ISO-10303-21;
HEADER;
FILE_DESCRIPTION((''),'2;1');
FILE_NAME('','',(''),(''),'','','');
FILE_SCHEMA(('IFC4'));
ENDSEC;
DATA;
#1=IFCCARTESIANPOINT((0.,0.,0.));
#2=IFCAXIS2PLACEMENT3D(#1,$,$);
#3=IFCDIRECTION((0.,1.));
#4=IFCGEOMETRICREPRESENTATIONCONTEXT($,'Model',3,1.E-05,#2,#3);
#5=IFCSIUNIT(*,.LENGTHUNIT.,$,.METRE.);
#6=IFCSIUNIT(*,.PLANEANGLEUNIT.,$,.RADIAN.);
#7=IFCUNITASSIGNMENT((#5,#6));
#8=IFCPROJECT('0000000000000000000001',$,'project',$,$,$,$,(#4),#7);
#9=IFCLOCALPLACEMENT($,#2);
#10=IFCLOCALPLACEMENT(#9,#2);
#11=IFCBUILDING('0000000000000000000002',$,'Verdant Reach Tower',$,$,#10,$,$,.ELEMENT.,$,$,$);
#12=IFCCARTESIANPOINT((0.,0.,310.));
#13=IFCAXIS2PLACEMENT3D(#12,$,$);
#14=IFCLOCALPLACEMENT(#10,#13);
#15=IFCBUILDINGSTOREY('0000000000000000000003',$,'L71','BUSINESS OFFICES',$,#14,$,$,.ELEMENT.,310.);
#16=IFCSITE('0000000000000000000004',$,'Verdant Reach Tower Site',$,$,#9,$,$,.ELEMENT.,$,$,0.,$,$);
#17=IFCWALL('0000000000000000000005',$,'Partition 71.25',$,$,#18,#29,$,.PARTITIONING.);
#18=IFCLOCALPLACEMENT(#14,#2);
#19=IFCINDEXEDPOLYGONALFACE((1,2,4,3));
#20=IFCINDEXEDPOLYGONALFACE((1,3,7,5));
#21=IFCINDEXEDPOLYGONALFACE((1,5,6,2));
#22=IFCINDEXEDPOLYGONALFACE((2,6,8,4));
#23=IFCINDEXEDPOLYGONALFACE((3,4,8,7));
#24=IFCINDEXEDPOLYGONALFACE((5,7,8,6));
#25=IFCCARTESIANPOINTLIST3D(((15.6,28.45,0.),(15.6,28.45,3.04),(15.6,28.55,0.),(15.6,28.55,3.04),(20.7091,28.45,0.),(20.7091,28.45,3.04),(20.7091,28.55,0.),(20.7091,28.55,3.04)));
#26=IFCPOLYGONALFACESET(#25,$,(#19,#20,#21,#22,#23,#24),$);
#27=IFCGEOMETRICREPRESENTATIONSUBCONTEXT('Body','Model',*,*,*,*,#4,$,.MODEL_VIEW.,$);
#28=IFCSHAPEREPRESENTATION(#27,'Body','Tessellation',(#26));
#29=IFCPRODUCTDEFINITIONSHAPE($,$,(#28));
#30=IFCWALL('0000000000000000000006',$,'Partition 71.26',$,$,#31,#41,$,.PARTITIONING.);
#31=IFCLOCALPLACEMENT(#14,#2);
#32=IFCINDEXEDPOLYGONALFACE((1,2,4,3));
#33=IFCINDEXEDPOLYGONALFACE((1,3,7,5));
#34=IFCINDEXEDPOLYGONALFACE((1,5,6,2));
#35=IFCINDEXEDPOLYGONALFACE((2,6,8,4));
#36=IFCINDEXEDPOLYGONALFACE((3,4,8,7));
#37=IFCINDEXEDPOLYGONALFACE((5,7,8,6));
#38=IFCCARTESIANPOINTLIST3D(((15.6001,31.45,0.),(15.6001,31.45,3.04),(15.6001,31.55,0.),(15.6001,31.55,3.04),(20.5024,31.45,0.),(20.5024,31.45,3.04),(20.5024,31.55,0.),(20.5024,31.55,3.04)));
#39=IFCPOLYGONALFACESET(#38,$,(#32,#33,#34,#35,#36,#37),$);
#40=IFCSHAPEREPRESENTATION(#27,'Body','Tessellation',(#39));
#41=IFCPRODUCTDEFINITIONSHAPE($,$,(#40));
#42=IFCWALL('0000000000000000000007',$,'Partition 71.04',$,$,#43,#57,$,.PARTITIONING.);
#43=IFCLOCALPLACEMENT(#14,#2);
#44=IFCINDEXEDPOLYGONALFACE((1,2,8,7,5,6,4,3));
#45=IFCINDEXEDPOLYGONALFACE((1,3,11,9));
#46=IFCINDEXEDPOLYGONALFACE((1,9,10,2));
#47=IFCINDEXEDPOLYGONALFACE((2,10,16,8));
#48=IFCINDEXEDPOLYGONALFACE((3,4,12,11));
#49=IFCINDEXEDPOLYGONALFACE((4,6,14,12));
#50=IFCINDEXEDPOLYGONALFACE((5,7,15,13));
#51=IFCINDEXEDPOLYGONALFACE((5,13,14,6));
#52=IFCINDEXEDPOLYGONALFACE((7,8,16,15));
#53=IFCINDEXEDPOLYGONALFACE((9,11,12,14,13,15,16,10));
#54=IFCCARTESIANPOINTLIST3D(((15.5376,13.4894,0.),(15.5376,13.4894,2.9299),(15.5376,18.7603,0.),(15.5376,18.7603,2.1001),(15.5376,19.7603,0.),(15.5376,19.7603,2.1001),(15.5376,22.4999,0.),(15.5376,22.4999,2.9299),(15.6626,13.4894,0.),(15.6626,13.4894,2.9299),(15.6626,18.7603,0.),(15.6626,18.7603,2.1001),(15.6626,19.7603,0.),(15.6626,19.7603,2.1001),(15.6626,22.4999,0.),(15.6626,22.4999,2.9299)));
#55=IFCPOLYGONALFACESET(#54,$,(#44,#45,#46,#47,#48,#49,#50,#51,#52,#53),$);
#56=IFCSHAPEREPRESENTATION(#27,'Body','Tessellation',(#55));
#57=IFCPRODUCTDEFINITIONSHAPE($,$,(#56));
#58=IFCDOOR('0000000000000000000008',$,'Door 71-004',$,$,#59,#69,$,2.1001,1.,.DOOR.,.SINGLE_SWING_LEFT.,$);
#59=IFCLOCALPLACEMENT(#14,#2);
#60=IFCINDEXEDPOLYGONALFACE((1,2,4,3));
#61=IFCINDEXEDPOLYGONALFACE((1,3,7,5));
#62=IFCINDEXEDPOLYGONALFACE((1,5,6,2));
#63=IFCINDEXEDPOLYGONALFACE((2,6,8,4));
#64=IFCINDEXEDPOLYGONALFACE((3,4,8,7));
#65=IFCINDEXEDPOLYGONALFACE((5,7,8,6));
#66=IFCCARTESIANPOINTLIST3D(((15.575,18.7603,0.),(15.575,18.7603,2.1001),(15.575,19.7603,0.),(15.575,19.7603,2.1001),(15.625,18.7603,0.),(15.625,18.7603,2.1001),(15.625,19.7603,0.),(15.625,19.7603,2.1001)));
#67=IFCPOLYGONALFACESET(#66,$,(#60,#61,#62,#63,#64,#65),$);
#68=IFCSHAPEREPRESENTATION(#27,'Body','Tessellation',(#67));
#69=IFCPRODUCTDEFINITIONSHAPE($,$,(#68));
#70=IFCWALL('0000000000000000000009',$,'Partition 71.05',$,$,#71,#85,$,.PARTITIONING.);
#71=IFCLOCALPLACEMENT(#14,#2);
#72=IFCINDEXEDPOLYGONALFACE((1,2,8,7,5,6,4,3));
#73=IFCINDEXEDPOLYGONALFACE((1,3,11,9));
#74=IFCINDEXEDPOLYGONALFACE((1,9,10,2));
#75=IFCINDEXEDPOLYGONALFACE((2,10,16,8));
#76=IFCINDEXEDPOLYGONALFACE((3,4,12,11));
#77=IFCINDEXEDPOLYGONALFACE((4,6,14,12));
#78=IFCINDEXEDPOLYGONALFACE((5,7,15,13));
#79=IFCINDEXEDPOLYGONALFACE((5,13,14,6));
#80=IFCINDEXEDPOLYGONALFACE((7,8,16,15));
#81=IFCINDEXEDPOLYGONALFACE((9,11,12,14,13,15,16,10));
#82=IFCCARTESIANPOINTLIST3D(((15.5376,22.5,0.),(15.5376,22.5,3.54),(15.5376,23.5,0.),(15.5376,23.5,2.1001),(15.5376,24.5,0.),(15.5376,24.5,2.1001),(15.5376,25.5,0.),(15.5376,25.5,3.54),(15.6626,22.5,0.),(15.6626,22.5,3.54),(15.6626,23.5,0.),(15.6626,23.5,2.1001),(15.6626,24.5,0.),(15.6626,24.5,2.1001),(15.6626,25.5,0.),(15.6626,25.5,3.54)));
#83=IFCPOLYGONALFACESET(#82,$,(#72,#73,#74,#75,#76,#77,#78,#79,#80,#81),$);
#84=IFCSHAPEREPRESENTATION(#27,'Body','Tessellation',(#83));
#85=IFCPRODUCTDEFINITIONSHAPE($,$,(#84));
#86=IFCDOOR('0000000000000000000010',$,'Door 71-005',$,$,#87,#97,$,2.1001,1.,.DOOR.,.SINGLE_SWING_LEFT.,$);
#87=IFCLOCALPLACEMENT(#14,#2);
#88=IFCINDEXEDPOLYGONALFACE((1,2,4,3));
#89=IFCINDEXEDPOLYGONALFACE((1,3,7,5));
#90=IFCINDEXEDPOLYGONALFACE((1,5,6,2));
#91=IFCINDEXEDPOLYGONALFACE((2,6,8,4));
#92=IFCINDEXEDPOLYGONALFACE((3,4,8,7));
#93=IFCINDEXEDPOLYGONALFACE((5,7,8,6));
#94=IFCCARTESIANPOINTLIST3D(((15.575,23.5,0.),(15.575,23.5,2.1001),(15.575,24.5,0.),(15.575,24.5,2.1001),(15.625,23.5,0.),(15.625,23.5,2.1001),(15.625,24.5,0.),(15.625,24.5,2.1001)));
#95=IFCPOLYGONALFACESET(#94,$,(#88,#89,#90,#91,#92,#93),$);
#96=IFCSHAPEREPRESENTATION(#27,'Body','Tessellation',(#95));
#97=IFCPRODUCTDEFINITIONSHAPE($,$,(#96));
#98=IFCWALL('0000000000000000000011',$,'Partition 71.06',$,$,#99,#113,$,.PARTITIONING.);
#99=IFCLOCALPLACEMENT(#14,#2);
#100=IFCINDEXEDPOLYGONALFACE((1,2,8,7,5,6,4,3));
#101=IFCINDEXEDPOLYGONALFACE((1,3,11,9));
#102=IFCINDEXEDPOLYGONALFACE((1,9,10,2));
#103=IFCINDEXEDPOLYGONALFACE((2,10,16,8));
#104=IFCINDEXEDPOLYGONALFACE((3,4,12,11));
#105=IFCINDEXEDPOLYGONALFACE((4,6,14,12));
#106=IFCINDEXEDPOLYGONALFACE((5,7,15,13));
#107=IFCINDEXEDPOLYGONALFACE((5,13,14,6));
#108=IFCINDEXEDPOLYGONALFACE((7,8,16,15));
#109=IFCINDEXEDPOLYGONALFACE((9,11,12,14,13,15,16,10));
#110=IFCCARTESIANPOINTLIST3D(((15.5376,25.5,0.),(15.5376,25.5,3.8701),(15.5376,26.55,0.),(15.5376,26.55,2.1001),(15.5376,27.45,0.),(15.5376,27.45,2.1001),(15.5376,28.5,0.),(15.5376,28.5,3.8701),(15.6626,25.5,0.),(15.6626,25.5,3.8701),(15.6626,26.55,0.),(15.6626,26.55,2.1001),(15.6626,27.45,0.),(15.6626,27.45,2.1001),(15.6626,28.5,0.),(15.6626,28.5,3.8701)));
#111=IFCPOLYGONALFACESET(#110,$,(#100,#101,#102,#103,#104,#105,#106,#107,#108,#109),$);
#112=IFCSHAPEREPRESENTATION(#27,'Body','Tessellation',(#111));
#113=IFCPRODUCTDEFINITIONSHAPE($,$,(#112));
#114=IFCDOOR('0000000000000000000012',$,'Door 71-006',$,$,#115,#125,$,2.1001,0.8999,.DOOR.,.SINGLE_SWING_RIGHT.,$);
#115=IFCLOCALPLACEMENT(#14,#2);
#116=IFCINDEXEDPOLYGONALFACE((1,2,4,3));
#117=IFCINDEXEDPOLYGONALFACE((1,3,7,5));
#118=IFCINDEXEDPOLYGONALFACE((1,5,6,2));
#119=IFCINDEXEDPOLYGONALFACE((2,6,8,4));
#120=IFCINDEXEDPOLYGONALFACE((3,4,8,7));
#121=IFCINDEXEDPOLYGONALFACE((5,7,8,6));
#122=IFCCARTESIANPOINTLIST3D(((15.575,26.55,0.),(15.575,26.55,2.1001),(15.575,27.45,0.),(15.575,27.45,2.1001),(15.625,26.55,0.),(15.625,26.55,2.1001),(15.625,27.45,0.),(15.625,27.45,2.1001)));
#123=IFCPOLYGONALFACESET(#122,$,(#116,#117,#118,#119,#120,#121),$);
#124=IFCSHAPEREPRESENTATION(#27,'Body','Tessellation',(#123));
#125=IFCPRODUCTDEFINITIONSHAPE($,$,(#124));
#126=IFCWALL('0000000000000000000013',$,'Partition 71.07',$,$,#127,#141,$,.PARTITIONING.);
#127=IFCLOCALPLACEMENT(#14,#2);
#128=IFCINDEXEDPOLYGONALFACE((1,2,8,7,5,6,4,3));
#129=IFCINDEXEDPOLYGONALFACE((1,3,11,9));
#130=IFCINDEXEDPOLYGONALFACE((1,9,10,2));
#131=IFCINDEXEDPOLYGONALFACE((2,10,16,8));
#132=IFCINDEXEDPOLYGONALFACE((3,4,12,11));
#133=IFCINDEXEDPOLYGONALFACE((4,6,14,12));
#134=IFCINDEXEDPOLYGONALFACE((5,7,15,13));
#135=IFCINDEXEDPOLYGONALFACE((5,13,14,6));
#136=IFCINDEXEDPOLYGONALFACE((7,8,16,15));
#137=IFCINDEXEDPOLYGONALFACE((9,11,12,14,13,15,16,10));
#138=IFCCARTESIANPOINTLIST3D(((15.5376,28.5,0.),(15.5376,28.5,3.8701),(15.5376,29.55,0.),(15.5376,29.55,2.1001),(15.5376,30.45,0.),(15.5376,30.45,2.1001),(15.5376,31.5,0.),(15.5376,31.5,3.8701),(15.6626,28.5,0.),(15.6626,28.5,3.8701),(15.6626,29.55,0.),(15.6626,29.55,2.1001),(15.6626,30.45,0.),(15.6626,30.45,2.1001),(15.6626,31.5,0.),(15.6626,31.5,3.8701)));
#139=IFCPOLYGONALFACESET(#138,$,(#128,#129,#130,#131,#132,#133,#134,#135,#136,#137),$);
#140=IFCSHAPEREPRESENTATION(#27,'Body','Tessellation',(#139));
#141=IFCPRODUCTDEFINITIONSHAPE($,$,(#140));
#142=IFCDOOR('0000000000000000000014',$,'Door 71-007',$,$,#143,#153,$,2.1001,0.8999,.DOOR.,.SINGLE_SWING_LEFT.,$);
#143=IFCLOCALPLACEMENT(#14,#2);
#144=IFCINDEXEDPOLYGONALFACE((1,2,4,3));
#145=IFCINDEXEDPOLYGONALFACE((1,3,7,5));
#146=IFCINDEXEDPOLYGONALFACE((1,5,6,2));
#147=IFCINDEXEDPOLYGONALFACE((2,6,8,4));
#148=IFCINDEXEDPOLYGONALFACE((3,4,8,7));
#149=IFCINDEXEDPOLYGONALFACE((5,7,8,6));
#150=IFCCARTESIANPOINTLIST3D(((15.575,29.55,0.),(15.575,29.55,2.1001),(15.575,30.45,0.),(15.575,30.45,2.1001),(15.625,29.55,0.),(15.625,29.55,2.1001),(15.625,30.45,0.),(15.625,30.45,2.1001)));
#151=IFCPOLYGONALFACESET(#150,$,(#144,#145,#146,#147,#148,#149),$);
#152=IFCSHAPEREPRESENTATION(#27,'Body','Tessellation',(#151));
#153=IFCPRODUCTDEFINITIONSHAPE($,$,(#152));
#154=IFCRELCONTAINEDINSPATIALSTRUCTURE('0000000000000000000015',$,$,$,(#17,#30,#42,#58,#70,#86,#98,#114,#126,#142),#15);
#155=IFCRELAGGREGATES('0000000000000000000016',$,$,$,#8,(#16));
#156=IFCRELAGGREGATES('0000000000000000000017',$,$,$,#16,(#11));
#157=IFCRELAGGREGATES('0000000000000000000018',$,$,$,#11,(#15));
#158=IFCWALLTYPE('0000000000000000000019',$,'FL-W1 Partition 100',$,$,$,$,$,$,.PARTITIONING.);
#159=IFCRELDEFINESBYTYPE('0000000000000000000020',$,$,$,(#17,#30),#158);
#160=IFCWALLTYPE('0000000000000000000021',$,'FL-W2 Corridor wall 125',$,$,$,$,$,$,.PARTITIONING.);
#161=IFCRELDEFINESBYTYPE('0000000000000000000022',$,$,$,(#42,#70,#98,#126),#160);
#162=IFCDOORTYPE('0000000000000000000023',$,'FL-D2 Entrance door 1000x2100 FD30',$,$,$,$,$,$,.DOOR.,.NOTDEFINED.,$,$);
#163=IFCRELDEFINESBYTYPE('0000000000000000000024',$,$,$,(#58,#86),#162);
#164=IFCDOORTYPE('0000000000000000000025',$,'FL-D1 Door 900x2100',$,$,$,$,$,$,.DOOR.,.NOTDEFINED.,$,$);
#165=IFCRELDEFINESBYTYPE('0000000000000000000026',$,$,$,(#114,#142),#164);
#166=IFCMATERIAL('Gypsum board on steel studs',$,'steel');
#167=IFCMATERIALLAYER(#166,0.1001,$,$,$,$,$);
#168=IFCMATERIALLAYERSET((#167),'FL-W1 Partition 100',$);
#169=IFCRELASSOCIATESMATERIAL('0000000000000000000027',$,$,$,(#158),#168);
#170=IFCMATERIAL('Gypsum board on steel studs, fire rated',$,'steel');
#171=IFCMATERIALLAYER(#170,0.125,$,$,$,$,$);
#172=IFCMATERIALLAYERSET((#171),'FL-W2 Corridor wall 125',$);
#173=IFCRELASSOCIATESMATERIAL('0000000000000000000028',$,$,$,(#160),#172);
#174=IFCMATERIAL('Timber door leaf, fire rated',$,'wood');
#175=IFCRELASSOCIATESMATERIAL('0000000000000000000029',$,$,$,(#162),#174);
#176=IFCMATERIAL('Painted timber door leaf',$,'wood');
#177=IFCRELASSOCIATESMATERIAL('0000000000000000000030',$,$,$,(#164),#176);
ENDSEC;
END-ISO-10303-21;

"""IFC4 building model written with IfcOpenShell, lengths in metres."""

from ifc_helpers import new_model, si_unit, direction, frame, frame_2d, origin, place, context, subcontext, project, spatial, rectangle, extrude, material, layer, layer_set, type_object, element, fill, save


model = new_model("IFC4")

# Units and contexts
model_context = context("Model", 3, precision=1e-05, world=origin(), true_north=direction((0.0, 1.0)))
body_context = subcontext(model_context, "Body", "Model", "MODEL_VIEW")
ifc_project = project(units=[si_unit("LENGTHUNIT", "METRE"), si_unit("PLANEANGLEUNIT", "RADIAN")], contexts=[model_context])

# Site, building, storey
site_placement = place(None, origin())
site = spatial("IfcSite", under=ifc_project, at=site_placement, Name="Verdant Reach Tower Site", CompositionType="ELEMENT", RefElevation=0.0)
building_placement = place(site_placement, origin())
building = spatial("IfcBuilding", under=site, at=building_placement, Name="Verdant Reach Tower", CompositionType="ELEMENT")
storey_placement = place(building_placement, frame((0.0, 0.0, 310.0)))
storey = spatial("IfcBuildingStorey", under=building, at=storey_placement, Name="L71", Description="BUSINESS OFFICES", CompositionType="ELEMENT", Elevation=310.0)

# Walls
ifc_material_1 = material(Name="Gypsum board on steel studs", Category="steel")
ifc_layer_1 = layer(ifc_material_1, 0.1001)
ifc_layer_set_1 = layer_set([ifc_layer_1], Name="FL-W1 Partition 100")
wall_type_1 = type_object("IfcWallType", Name="FL-W1 Partition 100", PredefinedType="PARTITIONING", material=ifc_layer_set_1)
wall_1_placement = place(storey_placement, frame((20.7092, 28.5, 0.0), z_axis=(0.0, 0.0, 1.0), x_axis=(-1.0, 0.0, 0.0)))
element("IfcWall", 1, at=wall_1_placement, inside=storey, type_object=wall_type_1, Name="Partition 71.25", PredefinedType="PARTITIONING", context=body_context, shape_type="SweptSolid", body=[
    extrude(rectangle(XDim=5.1091, YDim=0.1001, at=frame_2d((2.5547, 0.0))), origin(), (0.0, 0.0, 1.0), 3.04),
])
wall_2_placement = place(storey_placement, frame((20.5024, 31.5, 0.0), z_axis=(0.0, 0.0, 1.0), x_axis=(-1.0, 0.0, 0.0)))
element("IfcWall", 2, at=wall_2_placement, inside=storey, type_object=wall_type_1, Name="Partition 71.26", PredefinedType="PARTITIONING", context=body_context, shape_type="SweptSolid", body=[
    extrude(rectangle(XDim=4.9023, YDim=0.1001, at=frame_2d((2.4512, 0.0))), origin(), (0.0, 0.0, 1.0), 3.04),
])

# Walls, openings, doors
ifc_material_2 = material(Name="Gypsum board on steel studs, fire rated", Category="steel")
ifc_layer_2 = layer(ifc_material_2, 0.125)
ifc_layer_set_2 = layer_set([ifc_layer_2], Name="FL-W2 Corridor wall 125")
wall_type_2 = type_object("IfcWallType", Name="FL-W2 Corridor wall 125", PredefinedType="PARTITIONING", material=ifc_layer_set_2)
wall_3_placement = place(storey_placement, frame((15.6001, 22.5, 0.0), z_axis=(0.0, 0.0, 1.0), x_axis=(0.0, -1.0, 0.0)))
wall_3 = element("IfcWall", 3, at=wall_3_placement, inside=storey, type_object=wall_type_2, Name="Partition 71.04", PredefinedType="PARTITIONING", context=body_context, shape_type="SweptSolid", body=[
    extrude(rectangle(XDim=9.0105, YDim=0.125, at=frame_2d((4.5054, 0.0))), origin(), (0.0, 0.0, 1.0), 2.9299),
])
opening_1_placement = place(wall_3_placement, frame((2.7397, 0.0, 0.0)))
opening_1 = element("IfcOpeningElement", 4, at=opening_1_placement, cuts=wall_3, PredefinedType="OPENING", context=body_context, shape_type="SweptSolid", body=[
    extrude(rectangle(XDim=1.0, YDim=2.1001, at=frame_2d((0.5, 1.05))), frame((0.0, 0.0725, 0.0), z_axis=(0.0, -1.0, 0.0), x_axis=(1.0, 0.0, 0.0)), (0.0, 0.0, 1.0), 0.145),
])
ifc_material_3 = material(Name="Timber door leaf, fire rated", Category="wood")
door_type_1 = type_object("IfcDoorType", Name="FL-D2 Entrance door 1000x2100 FD30", OperationType="NOTDEFINED", PredefinedType="DOOR", material=ifc_material_3)
door_1_placement = place(opening_1_placement, origin())
door_1 = element("IfcDoor", 5, at=door_1_placement, inside=storey, type_object=door_type_1, Name="Door 71-004", OperationType="SINGLE_SWING_LEFT", OverallHeight=2.1001, OverallWidth=1.0, PredefinedType="DOOR", context=body_context, shape_type="SweptSolid", body=[
    extrude(rectangle(XDim=1.0, YDim=2.1001, at=frame_2d((0.5, 1.05))), frame((0.0, 0.0249, 0.0), z_axis=(0.0, -1.0, 0.0), x_axis=(1.0, 0.0, 0.0)), (0.0, 0.0, 1.0), 0.05),
])
fill(opening_1, door_1)
wall_4_placement = place(storey_placement, frame((15.6001, 25.5, 0.0), z_axis=(0.0, 0.0, 1.0), x_axis=(0.0, -1.0, 0.0)))
wall_4 = element("IfcWall", 6, at=wall_4_placement, inside=storey, type_object=wall_type_2, Name="Partition 71.05", PredefinedType="PARTITIONING", context=body_context, shape_type="SweptSolid", body=[
    extrude(rectangle(XDim=3.0, YDim=0.125, at=frame_2d((1.5, 0.0))), origin(), (0.0, 0.0, 1.0), 3.54),
])
opening_2_placement = place(wall_4_placement, frame((1.0, 0.0, 0.0)))
opening_2 = element("IfcOpeningElement", 7, at=opening_2_placement, cuts=wall_4, PredefinedType="OPENING", context=body_context, shape_type="SweptSolid", body=[
    extrude(rectangle(XDim=1.0, YDim=2.1001, at=frame_2d((0.5, 1.05))), frame((0.0, 0.0725, 0.0), z_axis=(0.0, -1.0, 0.0), x_axis=(1.0, 0.0, 0.0)), (0.0, 0.0, 1.0), 0.145),
])
door_2_placement = place(opening_2_placement, origin())
door_2 = element("IfcDoor", 8, at=door_2_placement, inside=storey, type_object=door_type_1, Name="Door 71-005", OperationType="SINGLE_SWING_LEFT", OverallHeight=2.1001, OverallWidth=1.0, PredefinedType="DOOR", context=body_context, shape_type="SweptSolid", body=[
    extrude(rectangle(XDim=1.0, YDim=2.1001, at=frame_2d((0.5, 1.05))), frame((0.0, 0.0249, 0.0), z_axis=(0.0, -1.0, 0.0), x_axis=(1.0, 0.0, 0.0)), (0.0, 0.0, 1.0), 0.05),
])
fill(opening_2, door_2)
wall_5_placement = place(storey_placement, frame((15.6001, 28.5, 0.0), z_axis=(0.0, 0.0, 1.0), x_axis=(0.0, -1.0, 0.0)))
wall_5 = element("IfcWall", 9, at=wall_5_placement, inside=storey, type_object=wall_type_2, Name="Partition 71.06", PredefinedType="PARTITIONING", context=body_context, shape_type="SweptSolid", body=[
    extrude(rectangle(XDim=3.0, YDim=0.125, at=frame_2d((1.5, 0.0))), origin(), (0.0, 0.0, 1.0), 3.8701),
])
opening_3_placement = place(wall_5_placement, frame((1.05, 0.0, 0.0)))
opening_3 = element("IfcOpeningElement", 10, at=opening_3_placement, cuts=wall_5, PredefinedType="OPENING", context=body_context, shape_type="SweptSolid", body=[
    extrude(rectangle(XDim=0.8999, YDim=2.1001, at=frame_2d((0.45, 1.05))), frame((0.0, 0.0725, 0.0), z_axis=(0.0, -1.0, 0.0), x_axis=(1.0, 0.0, 0.0)), (0.0, 0.0, 1.0), 0.145),
])
ifc_material_4 = material(Name="Painted timber door leaf", Category="wood")
door_type_2 = type_object("IfcDoorType", Name="FL-D1 Door 900x2100", OperationType="NOTDEFINED", PredefinedType="DOOR", material=ifc_material_4)
door_3_placement = place(opening_3_placement, origin())
door_3 = element("IfcDoor", 11, at=door_3_placement, inside=storey, type_object=door_type_2, Name="Door 71-006", OperationType="SINGLE_SWING_RIGHT", OverallHeight=2.1001, OverallWidth=0.8999, PredefinedType="DOOR", context=body_context, shape_type="SweptSolid", body=[
    extrude(rectangle(XDim=0.8999, YDim=2.1001, at=frame_2d((0.45, 1.05))), frame((0.0, 0.0249, 0.0), z_axis=(0.0, -1.0, 0.0), x_axis=(1.0, 0.0, 0.0)), (0.0, 0.0, 1.0), 0.05),
])
fill(opening_3, door_3)
wall_6_placement = place(storey_placement, frame((15.6001, 31.5, 0.0), z_axis=(0.0, 0.0, 1.0), x_axis=(0.0, -1.0, 0.0)))
wall_6 = element("IfcWall", 12, at=wall_6_placement, inside=storey, type_object=wall_type_2, Name="Partition 71.07", PredefinedType="PARTITIONING", context=body_context, shape_type="SweptSolid", body=[
    extrude(rectangle(XDim=3.0, YDim=0.125, at=frame_2d((1.5, 0.0))), origin(), (0.0, 0.0, 1.0), 3.8701),
])
opening_4_placement = place(wall_6_placement, frame((1.05, 0.0, 0.0)))
opening_4 = element("IfcOpeningElement", 13, at=opening_4_placement, cuts=wall_6, PredefinedType="OPENING", context=body_context, shape_type="SweptSolid", body=[
    extrude(rectangle(XDim=0.8999, YDim=2.1001, at=frame_2d((0.45, 1.05))), frame((0.0, 0.0725, 0.0), z_axis=(0.0, -1.0, 0.0), x_axis=(1.0, 0.0, 0.0)), (0.0, 0.0, 1.0), 0.145),
])
door_4_placement = place(opening_4_placement, origin())
door_4 = element("IfcDoor", 14, at=door_4_placement, inside=storey, type_object=door_type_2, Name="Door 71-007", OperationType="SINGLE_SWING_LEFT", OverallHeight=2.1001, OverallWidth=0.8999, PredefinedType="DOOR", context=body_context, shape_type="SweptSolid", body=[
    extrude(rectangle(XDim=0.8999, YDim=2.1001, at=frame_2d((0.45, 1.05))), frame((0.0, 0.0249, 0.0), z_axis=(0.0, -1.0, 0.0), x_axis=(1.0, 0.0, 0.0)), (0.0, 0.0, 1.0), 0.05),
])
fill(opening_4, door_4)

save(model, "model.ifc")
